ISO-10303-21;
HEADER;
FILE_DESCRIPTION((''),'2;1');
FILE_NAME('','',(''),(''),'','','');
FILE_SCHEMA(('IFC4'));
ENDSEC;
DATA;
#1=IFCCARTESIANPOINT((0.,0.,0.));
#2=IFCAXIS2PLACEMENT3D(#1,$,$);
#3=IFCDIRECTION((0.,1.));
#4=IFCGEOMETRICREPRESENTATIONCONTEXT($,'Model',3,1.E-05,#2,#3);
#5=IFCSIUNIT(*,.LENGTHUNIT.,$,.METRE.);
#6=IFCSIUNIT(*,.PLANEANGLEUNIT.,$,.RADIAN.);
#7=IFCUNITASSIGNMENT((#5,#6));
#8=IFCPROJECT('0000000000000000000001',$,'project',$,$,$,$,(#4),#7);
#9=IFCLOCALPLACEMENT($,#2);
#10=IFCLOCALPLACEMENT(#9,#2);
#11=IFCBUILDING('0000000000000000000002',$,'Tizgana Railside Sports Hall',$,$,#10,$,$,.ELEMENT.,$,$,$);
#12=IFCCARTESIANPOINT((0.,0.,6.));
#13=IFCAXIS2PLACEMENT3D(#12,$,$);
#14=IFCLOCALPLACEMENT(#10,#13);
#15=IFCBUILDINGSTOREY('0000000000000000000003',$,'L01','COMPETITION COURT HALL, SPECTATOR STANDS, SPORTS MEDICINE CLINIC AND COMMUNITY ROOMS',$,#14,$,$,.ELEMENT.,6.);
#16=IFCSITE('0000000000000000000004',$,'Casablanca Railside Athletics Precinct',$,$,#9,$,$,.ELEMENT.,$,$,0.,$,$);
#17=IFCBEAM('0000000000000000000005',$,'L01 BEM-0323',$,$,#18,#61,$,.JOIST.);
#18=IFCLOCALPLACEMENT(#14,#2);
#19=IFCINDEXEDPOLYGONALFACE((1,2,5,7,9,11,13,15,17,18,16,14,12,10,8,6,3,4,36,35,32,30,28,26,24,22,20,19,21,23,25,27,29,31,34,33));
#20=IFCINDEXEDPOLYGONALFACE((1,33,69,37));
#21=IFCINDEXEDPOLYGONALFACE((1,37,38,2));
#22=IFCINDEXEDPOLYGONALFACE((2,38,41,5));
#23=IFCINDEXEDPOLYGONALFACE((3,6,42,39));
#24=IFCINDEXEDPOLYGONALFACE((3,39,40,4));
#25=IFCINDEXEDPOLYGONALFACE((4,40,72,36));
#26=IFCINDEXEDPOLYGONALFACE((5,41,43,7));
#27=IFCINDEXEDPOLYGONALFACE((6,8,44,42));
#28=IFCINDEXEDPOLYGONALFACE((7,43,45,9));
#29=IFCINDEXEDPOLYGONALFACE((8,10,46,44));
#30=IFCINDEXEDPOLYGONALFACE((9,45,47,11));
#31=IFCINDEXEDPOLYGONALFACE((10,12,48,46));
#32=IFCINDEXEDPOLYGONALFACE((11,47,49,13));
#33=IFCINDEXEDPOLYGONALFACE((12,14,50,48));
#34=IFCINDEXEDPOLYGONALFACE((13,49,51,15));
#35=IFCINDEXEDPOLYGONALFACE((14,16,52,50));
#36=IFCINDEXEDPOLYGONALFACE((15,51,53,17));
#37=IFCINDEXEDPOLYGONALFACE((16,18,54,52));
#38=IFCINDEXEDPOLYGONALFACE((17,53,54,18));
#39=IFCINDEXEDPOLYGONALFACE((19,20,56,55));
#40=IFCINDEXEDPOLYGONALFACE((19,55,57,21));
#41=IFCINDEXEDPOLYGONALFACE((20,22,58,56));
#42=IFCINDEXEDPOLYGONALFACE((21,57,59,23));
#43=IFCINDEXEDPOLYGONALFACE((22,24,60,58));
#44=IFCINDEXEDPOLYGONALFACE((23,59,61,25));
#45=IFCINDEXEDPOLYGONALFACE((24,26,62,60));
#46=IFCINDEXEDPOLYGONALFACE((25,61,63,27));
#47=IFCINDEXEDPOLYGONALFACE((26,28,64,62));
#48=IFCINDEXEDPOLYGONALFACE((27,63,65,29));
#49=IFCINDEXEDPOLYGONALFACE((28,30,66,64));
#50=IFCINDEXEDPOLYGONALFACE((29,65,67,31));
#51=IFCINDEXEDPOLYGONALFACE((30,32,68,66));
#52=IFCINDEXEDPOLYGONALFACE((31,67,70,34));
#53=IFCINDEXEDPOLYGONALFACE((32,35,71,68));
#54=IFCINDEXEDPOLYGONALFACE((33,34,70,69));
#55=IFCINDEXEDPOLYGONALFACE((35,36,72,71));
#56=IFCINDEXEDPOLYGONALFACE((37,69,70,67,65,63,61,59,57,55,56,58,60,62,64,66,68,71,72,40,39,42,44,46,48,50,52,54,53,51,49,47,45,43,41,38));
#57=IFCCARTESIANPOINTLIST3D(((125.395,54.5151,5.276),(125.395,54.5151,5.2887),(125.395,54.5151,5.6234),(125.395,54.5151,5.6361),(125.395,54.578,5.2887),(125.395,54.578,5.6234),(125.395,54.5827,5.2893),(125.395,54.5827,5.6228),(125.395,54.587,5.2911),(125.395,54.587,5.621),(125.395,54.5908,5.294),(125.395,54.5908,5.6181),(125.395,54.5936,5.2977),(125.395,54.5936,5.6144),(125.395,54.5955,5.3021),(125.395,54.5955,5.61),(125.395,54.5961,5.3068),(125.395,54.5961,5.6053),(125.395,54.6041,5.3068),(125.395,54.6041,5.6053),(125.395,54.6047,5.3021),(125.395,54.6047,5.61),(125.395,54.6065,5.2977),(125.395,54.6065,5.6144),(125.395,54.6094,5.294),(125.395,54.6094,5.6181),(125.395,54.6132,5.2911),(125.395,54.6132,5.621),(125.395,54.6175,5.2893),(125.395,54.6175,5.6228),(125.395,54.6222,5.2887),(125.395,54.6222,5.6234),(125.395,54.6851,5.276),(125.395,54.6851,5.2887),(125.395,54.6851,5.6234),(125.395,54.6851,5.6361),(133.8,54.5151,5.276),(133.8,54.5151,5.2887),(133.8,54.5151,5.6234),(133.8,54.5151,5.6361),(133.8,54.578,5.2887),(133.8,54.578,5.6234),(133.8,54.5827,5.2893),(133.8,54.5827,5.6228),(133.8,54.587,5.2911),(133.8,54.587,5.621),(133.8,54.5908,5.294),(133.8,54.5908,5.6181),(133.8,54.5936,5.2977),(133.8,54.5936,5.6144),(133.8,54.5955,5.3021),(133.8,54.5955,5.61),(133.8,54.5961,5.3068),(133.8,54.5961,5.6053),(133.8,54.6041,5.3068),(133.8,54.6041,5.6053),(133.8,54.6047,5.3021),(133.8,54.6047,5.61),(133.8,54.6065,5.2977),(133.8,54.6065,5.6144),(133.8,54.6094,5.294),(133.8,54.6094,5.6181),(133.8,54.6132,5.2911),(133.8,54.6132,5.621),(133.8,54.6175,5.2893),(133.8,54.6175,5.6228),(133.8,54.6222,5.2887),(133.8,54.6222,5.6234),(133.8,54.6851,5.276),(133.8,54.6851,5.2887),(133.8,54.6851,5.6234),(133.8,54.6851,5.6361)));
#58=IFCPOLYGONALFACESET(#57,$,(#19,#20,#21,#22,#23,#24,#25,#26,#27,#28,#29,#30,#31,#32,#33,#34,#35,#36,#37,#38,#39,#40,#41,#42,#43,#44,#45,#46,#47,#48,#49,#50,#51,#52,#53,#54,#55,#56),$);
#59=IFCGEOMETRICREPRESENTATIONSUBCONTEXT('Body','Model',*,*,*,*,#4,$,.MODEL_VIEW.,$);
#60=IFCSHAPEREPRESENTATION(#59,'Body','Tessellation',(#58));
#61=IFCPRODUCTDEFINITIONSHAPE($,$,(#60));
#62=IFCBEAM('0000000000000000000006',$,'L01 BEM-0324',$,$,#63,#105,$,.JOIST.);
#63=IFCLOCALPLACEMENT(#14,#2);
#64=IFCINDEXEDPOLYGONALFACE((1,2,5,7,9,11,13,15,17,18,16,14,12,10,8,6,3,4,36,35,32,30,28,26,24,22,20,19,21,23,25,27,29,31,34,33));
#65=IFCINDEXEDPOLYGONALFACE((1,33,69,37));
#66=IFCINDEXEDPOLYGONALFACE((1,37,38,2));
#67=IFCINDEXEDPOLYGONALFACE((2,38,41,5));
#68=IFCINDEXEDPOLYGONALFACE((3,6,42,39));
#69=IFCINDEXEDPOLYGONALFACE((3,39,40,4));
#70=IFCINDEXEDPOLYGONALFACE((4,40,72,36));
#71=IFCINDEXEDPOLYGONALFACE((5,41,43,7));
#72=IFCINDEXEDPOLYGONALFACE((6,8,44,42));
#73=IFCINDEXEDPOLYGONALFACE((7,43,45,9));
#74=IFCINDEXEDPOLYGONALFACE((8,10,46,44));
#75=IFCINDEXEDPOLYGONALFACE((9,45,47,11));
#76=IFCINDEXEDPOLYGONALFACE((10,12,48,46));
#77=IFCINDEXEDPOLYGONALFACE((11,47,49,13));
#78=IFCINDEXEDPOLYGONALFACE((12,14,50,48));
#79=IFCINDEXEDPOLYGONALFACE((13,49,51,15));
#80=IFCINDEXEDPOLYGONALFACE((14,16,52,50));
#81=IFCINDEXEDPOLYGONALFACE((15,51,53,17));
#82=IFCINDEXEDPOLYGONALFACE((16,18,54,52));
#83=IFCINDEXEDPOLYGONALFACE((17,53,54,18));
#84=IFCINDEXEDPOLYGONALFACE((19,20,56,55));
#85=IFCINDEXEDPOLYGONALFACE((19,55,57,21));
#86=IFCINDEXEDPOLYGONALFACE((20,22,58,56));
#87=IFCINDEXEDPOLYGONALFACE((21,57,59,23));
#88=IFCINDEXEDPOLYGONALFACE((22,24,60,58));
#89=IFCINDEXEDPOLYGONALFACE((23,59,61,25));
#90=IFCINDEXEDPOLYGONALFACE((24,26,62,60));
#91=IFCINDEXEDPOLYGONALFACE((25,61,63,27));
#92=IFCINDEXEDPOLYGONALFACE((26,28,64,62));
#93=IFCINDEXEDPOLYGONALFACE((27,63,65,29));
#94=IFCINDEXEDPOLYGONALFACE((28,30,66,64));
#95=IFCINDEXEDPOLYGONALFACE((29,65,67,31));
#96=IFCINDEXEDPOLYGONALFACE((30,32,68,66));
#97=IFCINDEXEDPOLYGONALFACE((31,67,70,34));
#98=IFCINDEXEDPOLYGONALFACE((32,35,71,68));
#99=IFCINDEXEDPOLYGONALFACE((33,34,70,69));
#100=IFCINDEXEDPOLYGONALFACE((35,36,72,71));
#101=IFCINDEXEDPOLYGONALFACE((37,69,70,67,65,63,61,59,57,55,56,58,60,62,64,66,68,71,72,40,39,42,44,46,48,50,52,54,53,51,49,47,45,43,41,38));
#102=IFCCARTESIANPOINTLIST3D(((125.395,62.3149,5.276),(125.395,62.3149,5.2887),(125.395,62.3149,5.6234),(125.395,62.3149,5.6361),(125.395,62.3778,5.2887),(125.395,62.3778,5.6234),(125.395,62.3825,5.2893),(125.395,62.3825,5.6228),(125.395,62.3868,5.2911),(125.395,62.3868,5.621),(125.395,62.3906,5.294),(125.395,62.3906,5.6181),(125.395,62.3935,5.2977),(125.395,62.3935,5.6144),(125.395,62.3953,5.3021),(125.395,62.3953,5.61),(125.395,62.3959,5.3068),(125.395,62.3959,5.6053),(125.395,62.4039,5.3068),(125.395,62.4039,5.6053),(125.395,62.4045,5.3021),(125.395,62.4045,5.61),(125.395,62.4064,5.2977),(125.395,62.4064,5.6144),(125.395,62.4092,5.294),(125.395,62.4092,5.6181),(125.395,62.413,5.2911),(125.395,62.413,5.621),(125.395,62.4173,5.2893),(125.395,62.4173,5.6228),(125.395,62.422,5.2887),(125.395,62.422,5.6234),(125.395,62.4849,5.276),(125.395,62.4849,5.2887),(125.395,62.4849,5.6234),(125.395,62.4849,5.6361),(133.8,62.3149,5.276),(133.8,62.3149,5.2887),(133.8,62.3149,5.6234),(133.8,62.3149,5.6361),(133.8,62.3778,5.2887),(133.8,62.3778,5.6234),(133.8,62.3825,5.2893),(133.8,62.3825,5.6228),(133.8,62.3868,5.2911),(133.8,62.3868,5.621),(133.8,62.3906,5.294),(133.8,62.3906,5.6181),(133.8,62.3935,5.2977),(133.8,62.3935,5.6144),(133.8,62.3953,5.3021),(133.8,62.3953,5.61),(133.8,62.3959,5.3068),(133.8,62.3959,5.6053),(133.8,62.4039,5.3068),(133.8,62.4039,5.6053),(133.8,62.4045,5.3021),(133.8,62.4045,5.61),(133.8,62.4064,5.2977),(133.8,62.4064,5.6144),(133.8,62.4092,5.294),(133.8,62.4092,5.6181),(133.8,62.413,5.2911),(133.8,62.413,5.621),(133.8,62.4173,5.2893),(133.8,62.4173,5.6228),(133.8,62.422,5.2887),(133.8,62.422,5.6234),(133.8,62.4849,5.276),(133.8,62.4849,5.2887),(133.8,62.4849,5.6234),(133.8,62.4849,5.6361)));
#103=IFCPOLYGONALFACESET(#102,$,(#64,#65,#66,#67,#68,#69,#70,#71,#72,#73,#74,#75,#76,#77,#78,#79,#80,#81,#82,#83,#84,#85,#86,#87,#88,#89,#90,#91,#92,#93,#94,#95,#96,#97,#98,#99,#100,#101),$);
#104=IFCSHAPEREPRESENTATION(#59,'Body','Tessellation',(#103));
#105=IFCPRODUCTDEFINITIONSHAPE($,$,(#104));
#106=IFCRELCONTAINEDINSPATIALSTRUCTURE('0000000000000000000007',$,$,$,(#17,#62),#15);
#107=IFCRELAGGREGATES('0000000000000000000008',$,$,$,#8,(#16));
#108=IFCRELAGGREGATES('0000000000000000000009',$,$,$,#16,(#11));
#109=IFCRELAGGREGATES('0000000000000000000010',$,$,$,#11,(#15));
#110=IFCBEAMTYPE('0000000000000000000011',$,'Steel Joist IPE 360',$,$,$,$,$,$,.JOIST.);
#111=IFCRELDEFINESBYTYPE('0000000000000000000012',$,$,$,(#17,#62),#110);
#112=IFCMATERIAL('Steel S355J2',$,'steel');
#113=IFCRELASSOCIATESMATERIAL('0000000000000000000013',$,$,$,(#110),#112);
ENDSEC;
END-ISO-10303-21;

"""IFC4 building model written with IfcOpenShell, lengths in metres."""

from ifc_helpers import new_model, si_unit, direction, frame, origin, origin_2d, place, context, subcontext, project, spatial, i_section, extrude, material, material_profile, profile_set, type_object, element, save


model = new_model("IFC4")

# Units and contexts
model_context = context("Model", 3, precision=1e-05, world=origin(), true_north=direction((0.0, 1.0)))
body_context = subcontext(model_context, "Body", "Model", "MODEL_VIEW")
ifc_project = project(units=[si_unit("LENGTHUNIT", "METRE"), si_unit("PLANEANGLEUNIT", "RADIAN")], contexts=[model_context])

# Site, building, storey
site_placement = place(None, origin())
site = spatial("IfcSite", under=ifc_project, at=site_placement, Name="Casablanca Railside Athletics Precinct", CompositionType="ELEMENT", RefElevation=0.0)
building_placement = place(site_placement, origin())
building = spatial("IfcBuilding", under=site, at=building_placement, Name="Tizgana Railside Sports Hall", CompositionType="ELEMENT")
storey_placement = place(building_placement, frame((0.0, 0.0, 6.0)))
storey = spatial("IfcBuildingStorey", under=building, at=storey_placement, Name="L01", Description="COMPETITION COURT HALL, SPECTATOR STANDS, SPORTS MEDICINE CLINIC AND COMMUNITY ROOMS", CompositionType="ELEMENT", Elevation=6.0)

# Beams
ifc_material = material(Name="Steel S355J2", Category="steel")
ifc_material_profile_1 = material_profile(ifc_material, i_section(OverallWidth=0.1699, OverallDepth=0.3601, WebThickness=0.0081, FlangeThickness=0.0127, FilletRadius=0.0181, at=origin_2d()), Name="IPE 360")
ifc_profile_set_1 = profile_set([ifc_material_profile_1], Name="Steel S355J2")
beam_type_1 = type_object("IfcBeamType", Name="Steel Joist IPE 360", PredefinedType="JOIST", material=ifc_profile_set_1)
for number, where, z_axis, x_axis, name in (
    (1, (125.395, 54.6001, 5.4561), (1.0, 0.0, 0.0), (0.0, 1.0, 0.0), "L01 BEM-0323"),
    (2, (125.395, 62.3999, 5.4561), (1.0, 0.0, 0.0), (0.0, 1.0, 0.0), "L01 BEM-0324"),
):
    element("IfcBeam", number, at=place(storey_placement, frame(where, z_axis=z_axis, x_axis=x_axis)), inside=storey, type_object=beam_type_1, Name=name, PredefinedType="JOIST", context=body_context, shape_type="SweptSolid", body=[
        extrude(i_section(OverallWidth=0.1699, OverallDepth=0.3601, WebThickness=0.0081, FlangeThickness=0.0127, FilletRadius=0.0181, at=origin_2d()), origin(), (0.0, 0.0, 1.0), 8.405),
    ])

save(model, "model.ifc")
